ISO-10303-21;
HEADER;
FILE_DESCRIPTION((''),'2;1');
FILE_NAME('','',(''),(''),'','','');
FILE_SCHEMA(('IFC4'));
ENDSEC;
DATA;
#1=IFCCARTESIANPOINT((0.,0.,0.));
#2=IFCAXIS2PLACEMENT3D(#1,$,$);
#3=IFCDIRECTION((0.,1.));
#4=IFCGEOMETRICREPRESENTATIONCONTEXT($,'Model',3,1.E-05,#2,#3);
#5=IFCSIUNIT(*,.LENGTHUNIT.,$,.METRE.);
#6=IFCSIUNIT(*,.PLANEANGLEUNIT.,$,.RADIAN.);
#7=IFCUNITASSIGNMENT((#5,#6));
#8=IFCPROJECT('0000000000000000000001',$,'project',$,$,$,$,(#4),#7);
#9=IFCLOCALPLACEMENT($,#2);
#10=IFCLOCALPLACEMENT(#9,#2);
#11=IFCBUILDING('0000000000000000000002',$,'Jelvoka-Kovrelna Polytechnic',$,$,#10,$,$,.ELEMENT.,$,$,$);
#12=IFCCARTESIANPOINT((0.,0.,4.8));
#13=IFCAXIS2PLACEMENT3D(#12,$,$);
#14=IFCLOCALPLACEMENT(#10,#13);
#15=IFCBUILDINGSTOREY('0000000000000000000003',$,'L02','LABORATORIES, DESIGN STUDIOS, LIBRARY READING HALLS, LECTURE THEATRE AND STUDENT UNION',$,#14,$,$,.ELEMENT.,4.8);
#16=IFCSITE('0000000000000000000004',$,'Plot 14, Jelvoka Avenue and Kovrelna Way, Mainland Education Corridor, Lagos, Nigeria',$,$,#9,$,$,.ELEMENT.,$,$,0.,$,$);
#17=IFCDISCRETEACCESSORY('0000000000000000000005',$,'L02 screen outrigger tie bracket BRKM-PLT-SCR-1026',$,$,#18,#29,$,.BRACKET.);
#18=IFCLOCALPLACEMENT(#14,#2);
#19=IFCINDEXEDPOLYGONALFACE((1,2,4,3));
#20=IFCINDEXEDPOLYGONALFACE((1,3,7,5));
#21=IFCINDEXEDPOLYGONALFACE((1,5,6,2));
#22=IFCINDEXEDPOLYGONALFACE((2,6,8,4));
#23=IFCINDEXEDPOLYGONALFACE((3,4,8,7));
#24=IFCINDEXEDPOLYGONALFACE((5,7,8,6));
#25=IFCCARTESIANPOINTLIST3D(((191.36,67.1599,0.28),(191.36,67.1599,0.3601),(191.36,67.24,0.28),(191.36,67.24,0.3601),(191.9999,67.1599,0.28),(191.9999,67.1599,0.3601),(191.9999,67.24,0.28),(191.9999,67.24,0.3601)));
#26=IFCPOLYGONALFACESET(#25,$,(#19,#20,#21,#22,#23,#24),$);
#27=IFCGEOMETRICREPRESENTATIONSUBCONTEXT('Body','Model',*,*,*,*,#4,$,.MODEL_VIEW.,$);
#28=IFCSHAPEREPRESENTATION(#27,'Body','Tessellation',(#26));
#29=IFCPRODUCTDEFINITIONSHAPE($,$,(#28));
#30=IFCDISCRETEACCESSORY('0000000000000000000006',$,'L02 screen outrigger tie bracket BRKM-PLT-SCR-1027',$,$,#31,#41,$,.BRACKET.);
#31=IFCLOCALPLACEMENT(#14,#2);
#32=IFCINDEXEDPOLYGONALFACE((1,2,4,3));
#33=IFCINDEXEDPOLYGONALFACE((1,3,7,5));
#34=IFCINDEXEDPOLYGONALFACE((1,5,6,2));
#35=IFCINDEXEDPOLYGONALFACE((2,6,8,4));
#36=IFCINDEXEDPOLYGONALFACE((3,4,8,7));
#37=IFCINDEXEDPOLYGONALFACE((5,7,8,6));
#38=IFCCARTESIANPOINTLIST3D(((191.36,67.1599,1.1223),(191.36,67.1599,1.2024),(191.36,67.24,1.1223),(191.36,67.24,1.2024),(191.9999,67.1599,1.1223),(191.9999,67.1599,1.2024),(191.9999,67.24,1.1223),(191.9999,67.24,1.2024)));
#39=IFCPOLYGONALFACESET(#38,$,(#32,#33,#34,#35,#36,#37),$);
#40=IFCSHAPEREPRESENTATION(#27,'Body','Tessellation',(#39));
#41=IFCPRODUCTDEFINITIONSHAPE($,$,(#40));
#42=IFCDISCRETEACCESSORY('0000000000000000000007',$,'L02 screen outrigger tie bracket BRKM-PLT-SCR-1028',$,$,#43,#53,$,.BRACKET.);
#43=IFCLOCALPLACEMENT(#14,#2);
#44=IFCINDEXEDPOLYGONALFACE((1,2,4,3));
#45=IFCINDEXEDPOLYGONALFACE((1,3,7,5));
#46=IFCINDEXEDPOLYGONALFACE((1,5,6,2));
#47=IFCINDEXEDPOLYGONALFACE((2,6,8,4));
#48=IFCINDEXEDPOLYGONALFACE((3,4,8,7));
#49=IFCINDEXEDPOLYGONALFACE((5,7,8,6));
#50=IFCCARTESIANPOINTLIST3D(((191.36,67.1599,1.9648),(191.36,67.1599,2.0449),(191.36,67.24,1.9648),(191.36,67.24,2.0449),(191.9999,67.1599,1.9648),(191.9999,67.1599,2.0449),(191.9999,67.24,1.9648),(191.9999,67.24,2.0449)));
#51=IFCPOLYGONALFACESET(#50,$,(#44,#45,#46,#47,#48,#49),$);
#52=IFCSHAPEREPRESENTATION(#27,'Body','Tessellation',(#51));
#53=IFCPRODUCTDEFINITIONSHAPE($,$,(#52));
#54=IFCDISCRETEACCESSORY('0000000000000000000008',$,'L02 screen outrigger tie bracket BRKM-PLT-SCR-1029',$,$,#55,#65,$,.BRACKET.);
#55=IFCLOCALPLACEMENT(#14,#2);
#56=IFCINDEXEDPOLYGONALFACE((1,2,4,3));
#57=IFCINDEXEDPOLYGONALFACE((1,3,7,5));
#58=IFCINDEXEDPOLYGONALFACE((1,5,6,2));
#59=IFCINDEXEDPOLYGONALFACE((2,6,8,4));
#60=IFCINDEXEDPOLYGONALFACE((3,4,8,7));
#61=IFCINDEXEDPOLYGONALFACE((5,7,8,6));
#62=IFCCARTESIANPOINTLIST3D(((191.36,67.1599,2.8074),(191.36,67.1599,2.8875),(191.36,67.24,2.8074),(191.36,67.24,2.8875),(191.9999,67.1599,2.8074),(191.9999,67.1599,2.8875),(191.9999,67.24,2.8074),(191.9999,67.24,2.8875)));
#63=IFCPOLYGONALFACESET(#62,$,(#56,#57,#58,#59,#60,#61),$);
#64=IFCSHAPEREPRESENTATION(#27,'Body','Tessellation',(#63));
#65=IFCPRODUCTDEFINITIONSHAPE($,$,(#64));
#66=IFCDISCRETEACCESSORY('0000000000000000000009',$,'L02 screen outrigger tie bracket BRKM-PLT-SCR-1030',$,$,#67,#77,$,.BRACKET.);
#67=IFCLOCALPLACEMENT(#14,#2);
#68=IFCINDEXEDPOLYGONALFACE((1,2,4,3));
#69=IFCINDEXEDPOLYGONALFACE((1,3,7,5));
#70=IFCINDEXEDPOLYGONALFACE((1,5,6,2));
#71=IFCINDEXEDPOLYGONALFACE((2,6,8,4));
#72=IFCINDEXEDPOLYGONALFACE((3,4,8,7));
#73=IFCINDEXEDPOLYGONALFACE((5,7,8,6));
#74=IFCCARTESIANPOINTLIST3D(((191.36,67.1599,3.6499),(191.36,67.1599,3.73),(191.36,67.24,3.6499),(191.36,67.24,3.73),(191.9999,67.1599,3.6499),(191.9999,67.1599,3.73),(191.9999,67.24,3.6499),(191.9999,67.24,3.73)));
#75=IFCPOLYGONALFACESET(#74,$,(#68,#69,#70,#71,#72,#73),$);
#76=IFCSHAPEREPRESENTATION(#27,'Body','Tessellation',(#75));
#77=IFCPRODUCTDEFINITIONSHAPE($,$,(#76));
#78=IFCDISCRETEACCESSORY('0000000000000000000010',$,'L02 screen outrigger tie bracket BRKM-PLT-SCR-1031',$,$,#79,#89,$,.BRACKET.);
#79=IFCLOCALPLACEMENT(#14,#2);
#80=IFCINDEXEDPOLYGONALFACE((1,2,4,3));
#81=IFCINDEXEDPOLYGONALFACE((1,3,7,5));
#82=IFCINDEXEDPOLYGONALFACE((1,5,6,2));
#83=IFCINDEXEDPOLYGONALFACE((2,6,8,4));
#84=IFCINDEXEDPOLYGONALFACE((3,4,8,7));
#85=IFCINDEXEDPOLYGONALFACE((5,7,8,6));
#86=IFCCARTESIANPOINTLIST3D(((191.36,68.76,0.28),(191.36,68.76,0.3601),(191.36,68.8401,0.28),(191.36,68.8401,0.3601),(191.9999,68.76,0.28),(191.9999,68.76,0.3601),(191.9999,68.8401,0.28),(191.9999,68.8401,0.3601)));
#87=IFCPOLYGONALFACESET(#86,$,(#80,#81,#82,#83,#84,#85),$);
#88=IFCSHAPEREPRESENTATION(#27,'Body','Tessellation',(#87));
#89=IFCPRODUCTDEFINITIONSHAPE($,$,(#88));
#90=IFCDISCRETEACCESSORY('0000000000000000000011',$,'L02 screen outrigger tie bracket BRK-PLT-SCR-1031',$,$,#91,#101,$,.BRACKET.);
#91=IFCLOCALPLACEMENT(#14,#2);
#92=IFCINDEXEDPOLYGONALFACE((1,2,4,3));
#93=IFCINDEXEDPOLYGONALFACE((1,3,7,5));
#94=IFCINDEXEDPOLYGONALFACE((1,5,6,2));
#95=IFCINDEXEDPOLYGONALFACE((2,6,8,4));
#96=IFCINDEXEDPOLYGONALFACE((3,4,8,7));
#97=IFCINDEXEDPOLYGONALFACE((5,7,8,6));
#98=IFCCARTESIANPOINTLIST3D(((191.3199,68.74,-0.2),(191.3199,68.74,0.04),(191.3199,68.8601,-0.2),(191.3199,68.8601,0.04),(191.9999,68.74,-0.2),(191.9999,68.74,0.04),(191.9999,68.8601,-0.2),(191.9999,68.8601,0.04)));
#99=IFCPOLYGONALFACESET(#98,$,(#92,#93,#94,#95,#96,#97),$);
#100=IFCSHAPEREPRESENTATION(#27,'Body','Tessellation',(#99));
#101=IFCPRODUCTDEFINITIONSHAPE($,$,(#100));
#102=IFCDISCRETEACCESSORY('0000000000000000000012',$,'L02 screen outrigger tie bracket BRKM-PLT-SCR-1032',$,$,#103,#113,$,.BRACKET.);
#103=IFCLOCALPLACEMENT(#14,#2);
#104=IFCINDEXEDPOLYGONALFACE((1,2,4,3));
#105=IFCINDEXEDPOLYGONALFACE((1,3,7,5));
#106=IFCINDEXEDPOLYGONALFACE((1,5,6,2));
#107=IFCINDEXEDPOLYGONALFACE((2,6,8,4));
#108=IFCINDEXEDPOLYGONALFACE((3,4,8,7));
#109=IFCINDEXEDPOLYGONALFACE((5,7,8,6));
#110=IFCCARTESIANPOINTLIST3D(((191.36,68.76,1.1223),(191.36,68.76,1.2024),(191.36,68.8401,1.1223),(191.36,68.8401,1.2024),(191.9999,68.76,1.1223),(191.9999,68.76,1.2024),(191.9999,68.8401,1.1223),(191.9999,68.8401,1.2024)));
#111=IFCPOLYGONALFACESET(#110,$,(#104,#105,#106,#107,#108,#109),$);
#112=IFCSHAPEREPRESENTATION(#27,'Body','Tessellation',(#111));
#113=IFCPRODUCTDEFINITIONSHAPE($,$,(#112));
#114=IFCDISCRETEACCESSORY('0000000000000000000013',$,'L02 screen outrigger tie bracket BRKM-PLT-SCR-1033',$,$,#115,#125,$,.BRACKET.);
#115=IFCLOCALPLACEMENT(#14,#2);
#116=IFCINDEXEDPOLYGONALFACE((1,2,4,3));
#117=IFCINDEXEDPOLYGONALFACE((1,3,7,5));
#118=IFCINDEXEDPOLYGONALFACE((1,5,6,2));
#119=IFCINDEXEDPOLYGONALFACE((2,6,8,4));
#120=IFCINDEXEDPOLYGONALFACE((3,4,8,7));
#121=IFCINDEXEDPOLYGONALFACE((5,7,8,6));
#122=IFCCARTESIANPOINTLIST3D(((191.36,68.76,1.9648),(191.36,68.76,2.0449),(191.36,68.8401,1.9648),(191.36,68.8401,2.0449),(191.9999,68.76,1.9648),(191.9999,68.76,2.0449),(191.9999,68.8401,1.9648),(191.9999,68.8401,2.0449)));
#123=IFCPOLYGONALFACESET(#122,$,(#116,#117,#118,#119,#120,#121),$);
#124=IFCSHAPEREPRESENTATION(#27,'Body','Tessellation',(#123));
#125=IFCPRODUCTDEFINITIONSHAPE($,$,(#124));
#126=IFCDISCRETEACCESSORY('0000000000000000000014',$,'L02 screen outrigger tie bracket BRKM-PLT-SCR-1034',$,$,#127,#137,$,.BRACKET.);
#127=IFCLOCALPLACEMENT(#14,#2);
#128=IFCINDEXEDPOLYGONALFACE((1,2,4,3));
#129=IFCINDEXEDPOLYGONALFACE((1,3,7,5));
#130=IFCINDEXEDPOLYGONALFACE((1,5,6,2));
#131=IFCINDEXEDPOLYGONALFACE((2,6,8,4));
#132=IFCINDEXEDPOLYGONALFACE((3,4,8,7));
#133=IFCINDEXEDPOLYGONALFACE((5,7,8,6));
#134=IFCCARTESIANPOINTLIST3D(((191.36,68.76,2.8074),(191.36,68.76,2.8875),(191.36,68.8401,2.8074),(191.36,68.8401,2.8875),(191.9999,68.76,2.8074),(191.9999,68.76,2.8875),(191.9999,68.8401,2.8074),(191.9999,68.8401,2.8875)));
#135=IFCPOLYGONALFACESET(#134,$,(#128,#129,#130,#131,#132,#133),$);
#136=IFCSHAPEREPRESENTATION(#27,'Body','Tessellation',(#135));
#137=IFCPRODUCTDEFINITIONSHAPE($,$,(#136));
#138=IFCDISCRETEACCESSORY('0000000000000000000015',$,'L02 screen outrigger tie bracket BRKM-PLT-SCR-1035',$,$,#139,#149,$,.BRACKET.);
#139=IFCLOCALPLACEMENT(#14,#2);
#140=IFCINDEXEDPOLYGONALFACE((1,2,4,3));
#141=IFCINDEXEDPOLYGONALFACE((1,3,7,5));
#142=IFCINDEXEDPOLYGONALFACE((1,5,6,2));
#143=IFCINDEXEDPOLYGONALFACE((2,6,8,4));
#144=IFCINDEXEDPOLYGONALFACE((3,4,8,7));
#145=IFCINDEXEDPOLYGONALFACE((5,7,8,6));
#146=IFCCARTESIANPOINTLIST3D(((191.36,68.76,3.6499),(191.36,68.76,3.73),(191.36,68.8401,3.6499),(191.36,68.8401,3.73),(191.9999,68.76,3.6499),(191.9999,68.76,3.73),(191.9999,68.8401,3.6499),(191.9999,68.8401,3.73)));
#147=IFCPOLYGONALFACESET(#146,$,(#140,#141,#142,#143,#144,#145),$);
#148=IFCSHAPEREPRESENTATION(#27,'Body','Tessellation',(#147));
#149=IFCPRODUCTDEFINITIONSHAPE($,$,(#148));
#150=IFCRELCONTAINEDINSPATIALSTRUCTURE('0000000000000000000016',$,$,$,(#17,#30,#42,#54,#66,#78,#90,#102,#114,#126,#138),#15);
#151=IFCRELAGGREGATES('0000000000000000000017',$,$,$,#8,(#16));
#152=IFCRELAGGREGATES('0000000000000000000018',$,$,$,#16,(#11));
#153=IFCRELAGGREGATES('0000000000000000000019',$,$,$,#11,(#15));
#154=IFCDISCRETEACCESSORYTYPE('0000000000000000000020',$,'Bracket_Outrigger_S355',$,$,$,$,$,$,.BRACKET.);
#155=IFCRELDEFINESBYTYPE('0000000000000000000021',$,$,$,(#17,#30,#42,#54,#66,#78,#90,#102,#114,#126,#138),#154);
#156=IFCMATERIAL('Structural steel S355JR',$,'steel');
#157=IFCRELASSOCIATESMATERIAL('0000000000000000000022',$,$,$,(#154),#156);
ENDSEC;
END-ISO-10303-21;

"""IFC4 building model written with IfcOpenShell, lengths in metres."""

from ifc_helpers import new_model, si_unit, direction, frame, origin, origin_2d, place, context, subcontext, project, spatial, rectangle, extrude, material, type_object, element, save


model = new_model("IFC4")

# Units and contexts
model_context = context("Model", 3, precision=1e-05, world=origin(), true_north=direction((0.0, 1.0)))
body_context = subcontext(model_context, "Body", "Model", "MODEL_VIEW")
ifc_project = project(units=[si_unit("LENGTHUNIT", "METRE"), si_unit("PLANEANGLEUNIT", "RADIAN")], contexts=[model_context])

# Site, building, storey
site_placement = place(None, origin())
site = spatial("IfcSite", under=ifc_project, at=site_placement, Name="Plot 14, Jelvoka Avenue and Kovrelna Way, Mainland Education Corridor, Lagos, Nigeria", CompositionType="ELEMENT", RefElevation=0.0)
building_placement = place(site_placement, origin())
building = spatial("IfcBuilding", under=site, at=building_placement, Name="Jelvoka-Kovrelna Polytechnic", CompositionType="ELEMENT")
storey_placement = place(building_placement, frame((0.0, 0.0, 4.8)))
storey = spatial("IfcBuildingStorey", under=building, at=storey_placement, Name="L02", Description="LABORATORIES, DESIGN STUDIOS, LIBRARY READING HALLS, LECTURE THEATRE AND STUDENT UNION", CompositionType="ELEMENT", Elevation=4.8)

# Discrete accessories
ifc_material_1 = material(Name="Structural steel S355JR", Category="steel")
discrete_accessory_type = type_object("IfcDiscreteAccessoryType", Name="Bracket_Outrigger_S355", PredefinedType="BRACKET", material=ifc_material_1)
for number, where, z_axis, x_axis, name in (
    (1, (191.6799, 67.2, 0.28), (0.0, 0.0, 1.0), (1.0, 0.0, 0.0), "L02 screen outrigger tie bracket BRKM-PLT-SCR-1026"),
    (2, (191.6799, 67.2, 1.1223), (0.0, 0.0, 1.0), (1.0, 0.0, 0.0), "L02 screen outrigger tie bracket BRKM-PLT-SCR-1027"),
    (3, (191.6799, 67.2, 1.9648), (0.0, 0.0, 1.0), (1.0, 0.0, 0.0), "L02 screen outrigger tie bracket BRKM-PLT-SCR-1028"),
    (4, (191.6799, 67.2, 2.8074), (0.0, 0.0, 1.0), (1.0, 0.0, 0.0), "L02 screen outrigger tie bracket BRKM-PLT-SCR-1029"),
    (5, (191.6799, 67.2, 3.6499), (0.0, 0.0, 1.0), (1.0, 0.0, 0.0), "L02 screen outrigger tie bracket BRKM-PLT-SCR-1030"),
    (6, (191.6799, 68.8, 0.28), (0.0, 0.0, 1.0), (1.0, 0.0, 0.0), "L02 screen outrigger tie bracket BRKM-PLT-SCR-1031"),
):
    element("IfcDiscreteAccessory", number, at=place(storey_placement, frame(where, z_axis=z_axis, x_axis=x_axis)), inside=storey, type_object=discrete_accessory_type, Name=name, PredefinedType="BRACKET", context=body_context, shape_type="SweptSolid", body=[
        extrude(rectangle(XDim=0.6399, YDim=0.0801, at=origin_2d()), origin(), (0.0, 0.0, 1.0), 0.0801),
    ])
discrete_accessory_placement = place(storey_placement, frame((191.6599, 68.8, -0.2), z_axis=(0.0, 0.0, 1.0), x_axis=(1.0, 0.0, 0.0)))
element("IfcDiscreteAccessory", 7, at=discrete_accessory_placement, inside=storey, type_object=discrete_accessory_type, Name="L02 screen outrigger tie bracket BRK-PLT-SCR-1031", PredefinedType="BRACKET", context=body_context, shape_type="SweptSolid", body=[
    extrude(rectangle(XDim=0.6799, YDim=0.1201, at=origin_2d()), origin(), (0.0, 0.0, 1.0), 0.24),
])
for number, where, z_axis, x_axis, name in (
    (8, (191.6799, 68.8, 1.1223), (0.0, 0.0, 1.0), (1.0, 0.0, 0.0), "L02 screen outrigger tie bracket BRKM-PLT-SCR-1032"),
    (9, (191.6799, 68.8, 1.9648), (0.0, 0.0, 1.0), (1.0, 0.0, 0.0), "L02 screen outrigger tie bracket BRKM-PLT-SCR-1033"),
    (10, (191.6799, 68.8, 2.8074), (0.0, 0.0, 1.0), (1.0, 0.0, 0.0), "L02 screen outrigger tie bracket BRKM-PLT-SCR-1034"),
    (11, (191.6799, 68.8, 3.6499), (0.0, 0.0, 1.0), (1.0, 0.0, 0.0), "L02 screen outrigger tie bracket BRKM-PLT-SCR-1035"),
):
    element("IfcDiscreteAccessory", number, at=place(storey_placement, frame(where, z_axis=z_axis, x_axis=x_axis)), inside=storey, type_object=discrete_accessory_type, Name=name, PredefinedType="BRACKET", context=body_context, shape_type="SweptSolid", body=[
        extrude(rectangle(XDim=0.6399, YDim=0.0801, at=origin_2d()), origin(), (0.0, 0.0, 1.0), 0.0801),
    ])

save(model, "model.ifc")
